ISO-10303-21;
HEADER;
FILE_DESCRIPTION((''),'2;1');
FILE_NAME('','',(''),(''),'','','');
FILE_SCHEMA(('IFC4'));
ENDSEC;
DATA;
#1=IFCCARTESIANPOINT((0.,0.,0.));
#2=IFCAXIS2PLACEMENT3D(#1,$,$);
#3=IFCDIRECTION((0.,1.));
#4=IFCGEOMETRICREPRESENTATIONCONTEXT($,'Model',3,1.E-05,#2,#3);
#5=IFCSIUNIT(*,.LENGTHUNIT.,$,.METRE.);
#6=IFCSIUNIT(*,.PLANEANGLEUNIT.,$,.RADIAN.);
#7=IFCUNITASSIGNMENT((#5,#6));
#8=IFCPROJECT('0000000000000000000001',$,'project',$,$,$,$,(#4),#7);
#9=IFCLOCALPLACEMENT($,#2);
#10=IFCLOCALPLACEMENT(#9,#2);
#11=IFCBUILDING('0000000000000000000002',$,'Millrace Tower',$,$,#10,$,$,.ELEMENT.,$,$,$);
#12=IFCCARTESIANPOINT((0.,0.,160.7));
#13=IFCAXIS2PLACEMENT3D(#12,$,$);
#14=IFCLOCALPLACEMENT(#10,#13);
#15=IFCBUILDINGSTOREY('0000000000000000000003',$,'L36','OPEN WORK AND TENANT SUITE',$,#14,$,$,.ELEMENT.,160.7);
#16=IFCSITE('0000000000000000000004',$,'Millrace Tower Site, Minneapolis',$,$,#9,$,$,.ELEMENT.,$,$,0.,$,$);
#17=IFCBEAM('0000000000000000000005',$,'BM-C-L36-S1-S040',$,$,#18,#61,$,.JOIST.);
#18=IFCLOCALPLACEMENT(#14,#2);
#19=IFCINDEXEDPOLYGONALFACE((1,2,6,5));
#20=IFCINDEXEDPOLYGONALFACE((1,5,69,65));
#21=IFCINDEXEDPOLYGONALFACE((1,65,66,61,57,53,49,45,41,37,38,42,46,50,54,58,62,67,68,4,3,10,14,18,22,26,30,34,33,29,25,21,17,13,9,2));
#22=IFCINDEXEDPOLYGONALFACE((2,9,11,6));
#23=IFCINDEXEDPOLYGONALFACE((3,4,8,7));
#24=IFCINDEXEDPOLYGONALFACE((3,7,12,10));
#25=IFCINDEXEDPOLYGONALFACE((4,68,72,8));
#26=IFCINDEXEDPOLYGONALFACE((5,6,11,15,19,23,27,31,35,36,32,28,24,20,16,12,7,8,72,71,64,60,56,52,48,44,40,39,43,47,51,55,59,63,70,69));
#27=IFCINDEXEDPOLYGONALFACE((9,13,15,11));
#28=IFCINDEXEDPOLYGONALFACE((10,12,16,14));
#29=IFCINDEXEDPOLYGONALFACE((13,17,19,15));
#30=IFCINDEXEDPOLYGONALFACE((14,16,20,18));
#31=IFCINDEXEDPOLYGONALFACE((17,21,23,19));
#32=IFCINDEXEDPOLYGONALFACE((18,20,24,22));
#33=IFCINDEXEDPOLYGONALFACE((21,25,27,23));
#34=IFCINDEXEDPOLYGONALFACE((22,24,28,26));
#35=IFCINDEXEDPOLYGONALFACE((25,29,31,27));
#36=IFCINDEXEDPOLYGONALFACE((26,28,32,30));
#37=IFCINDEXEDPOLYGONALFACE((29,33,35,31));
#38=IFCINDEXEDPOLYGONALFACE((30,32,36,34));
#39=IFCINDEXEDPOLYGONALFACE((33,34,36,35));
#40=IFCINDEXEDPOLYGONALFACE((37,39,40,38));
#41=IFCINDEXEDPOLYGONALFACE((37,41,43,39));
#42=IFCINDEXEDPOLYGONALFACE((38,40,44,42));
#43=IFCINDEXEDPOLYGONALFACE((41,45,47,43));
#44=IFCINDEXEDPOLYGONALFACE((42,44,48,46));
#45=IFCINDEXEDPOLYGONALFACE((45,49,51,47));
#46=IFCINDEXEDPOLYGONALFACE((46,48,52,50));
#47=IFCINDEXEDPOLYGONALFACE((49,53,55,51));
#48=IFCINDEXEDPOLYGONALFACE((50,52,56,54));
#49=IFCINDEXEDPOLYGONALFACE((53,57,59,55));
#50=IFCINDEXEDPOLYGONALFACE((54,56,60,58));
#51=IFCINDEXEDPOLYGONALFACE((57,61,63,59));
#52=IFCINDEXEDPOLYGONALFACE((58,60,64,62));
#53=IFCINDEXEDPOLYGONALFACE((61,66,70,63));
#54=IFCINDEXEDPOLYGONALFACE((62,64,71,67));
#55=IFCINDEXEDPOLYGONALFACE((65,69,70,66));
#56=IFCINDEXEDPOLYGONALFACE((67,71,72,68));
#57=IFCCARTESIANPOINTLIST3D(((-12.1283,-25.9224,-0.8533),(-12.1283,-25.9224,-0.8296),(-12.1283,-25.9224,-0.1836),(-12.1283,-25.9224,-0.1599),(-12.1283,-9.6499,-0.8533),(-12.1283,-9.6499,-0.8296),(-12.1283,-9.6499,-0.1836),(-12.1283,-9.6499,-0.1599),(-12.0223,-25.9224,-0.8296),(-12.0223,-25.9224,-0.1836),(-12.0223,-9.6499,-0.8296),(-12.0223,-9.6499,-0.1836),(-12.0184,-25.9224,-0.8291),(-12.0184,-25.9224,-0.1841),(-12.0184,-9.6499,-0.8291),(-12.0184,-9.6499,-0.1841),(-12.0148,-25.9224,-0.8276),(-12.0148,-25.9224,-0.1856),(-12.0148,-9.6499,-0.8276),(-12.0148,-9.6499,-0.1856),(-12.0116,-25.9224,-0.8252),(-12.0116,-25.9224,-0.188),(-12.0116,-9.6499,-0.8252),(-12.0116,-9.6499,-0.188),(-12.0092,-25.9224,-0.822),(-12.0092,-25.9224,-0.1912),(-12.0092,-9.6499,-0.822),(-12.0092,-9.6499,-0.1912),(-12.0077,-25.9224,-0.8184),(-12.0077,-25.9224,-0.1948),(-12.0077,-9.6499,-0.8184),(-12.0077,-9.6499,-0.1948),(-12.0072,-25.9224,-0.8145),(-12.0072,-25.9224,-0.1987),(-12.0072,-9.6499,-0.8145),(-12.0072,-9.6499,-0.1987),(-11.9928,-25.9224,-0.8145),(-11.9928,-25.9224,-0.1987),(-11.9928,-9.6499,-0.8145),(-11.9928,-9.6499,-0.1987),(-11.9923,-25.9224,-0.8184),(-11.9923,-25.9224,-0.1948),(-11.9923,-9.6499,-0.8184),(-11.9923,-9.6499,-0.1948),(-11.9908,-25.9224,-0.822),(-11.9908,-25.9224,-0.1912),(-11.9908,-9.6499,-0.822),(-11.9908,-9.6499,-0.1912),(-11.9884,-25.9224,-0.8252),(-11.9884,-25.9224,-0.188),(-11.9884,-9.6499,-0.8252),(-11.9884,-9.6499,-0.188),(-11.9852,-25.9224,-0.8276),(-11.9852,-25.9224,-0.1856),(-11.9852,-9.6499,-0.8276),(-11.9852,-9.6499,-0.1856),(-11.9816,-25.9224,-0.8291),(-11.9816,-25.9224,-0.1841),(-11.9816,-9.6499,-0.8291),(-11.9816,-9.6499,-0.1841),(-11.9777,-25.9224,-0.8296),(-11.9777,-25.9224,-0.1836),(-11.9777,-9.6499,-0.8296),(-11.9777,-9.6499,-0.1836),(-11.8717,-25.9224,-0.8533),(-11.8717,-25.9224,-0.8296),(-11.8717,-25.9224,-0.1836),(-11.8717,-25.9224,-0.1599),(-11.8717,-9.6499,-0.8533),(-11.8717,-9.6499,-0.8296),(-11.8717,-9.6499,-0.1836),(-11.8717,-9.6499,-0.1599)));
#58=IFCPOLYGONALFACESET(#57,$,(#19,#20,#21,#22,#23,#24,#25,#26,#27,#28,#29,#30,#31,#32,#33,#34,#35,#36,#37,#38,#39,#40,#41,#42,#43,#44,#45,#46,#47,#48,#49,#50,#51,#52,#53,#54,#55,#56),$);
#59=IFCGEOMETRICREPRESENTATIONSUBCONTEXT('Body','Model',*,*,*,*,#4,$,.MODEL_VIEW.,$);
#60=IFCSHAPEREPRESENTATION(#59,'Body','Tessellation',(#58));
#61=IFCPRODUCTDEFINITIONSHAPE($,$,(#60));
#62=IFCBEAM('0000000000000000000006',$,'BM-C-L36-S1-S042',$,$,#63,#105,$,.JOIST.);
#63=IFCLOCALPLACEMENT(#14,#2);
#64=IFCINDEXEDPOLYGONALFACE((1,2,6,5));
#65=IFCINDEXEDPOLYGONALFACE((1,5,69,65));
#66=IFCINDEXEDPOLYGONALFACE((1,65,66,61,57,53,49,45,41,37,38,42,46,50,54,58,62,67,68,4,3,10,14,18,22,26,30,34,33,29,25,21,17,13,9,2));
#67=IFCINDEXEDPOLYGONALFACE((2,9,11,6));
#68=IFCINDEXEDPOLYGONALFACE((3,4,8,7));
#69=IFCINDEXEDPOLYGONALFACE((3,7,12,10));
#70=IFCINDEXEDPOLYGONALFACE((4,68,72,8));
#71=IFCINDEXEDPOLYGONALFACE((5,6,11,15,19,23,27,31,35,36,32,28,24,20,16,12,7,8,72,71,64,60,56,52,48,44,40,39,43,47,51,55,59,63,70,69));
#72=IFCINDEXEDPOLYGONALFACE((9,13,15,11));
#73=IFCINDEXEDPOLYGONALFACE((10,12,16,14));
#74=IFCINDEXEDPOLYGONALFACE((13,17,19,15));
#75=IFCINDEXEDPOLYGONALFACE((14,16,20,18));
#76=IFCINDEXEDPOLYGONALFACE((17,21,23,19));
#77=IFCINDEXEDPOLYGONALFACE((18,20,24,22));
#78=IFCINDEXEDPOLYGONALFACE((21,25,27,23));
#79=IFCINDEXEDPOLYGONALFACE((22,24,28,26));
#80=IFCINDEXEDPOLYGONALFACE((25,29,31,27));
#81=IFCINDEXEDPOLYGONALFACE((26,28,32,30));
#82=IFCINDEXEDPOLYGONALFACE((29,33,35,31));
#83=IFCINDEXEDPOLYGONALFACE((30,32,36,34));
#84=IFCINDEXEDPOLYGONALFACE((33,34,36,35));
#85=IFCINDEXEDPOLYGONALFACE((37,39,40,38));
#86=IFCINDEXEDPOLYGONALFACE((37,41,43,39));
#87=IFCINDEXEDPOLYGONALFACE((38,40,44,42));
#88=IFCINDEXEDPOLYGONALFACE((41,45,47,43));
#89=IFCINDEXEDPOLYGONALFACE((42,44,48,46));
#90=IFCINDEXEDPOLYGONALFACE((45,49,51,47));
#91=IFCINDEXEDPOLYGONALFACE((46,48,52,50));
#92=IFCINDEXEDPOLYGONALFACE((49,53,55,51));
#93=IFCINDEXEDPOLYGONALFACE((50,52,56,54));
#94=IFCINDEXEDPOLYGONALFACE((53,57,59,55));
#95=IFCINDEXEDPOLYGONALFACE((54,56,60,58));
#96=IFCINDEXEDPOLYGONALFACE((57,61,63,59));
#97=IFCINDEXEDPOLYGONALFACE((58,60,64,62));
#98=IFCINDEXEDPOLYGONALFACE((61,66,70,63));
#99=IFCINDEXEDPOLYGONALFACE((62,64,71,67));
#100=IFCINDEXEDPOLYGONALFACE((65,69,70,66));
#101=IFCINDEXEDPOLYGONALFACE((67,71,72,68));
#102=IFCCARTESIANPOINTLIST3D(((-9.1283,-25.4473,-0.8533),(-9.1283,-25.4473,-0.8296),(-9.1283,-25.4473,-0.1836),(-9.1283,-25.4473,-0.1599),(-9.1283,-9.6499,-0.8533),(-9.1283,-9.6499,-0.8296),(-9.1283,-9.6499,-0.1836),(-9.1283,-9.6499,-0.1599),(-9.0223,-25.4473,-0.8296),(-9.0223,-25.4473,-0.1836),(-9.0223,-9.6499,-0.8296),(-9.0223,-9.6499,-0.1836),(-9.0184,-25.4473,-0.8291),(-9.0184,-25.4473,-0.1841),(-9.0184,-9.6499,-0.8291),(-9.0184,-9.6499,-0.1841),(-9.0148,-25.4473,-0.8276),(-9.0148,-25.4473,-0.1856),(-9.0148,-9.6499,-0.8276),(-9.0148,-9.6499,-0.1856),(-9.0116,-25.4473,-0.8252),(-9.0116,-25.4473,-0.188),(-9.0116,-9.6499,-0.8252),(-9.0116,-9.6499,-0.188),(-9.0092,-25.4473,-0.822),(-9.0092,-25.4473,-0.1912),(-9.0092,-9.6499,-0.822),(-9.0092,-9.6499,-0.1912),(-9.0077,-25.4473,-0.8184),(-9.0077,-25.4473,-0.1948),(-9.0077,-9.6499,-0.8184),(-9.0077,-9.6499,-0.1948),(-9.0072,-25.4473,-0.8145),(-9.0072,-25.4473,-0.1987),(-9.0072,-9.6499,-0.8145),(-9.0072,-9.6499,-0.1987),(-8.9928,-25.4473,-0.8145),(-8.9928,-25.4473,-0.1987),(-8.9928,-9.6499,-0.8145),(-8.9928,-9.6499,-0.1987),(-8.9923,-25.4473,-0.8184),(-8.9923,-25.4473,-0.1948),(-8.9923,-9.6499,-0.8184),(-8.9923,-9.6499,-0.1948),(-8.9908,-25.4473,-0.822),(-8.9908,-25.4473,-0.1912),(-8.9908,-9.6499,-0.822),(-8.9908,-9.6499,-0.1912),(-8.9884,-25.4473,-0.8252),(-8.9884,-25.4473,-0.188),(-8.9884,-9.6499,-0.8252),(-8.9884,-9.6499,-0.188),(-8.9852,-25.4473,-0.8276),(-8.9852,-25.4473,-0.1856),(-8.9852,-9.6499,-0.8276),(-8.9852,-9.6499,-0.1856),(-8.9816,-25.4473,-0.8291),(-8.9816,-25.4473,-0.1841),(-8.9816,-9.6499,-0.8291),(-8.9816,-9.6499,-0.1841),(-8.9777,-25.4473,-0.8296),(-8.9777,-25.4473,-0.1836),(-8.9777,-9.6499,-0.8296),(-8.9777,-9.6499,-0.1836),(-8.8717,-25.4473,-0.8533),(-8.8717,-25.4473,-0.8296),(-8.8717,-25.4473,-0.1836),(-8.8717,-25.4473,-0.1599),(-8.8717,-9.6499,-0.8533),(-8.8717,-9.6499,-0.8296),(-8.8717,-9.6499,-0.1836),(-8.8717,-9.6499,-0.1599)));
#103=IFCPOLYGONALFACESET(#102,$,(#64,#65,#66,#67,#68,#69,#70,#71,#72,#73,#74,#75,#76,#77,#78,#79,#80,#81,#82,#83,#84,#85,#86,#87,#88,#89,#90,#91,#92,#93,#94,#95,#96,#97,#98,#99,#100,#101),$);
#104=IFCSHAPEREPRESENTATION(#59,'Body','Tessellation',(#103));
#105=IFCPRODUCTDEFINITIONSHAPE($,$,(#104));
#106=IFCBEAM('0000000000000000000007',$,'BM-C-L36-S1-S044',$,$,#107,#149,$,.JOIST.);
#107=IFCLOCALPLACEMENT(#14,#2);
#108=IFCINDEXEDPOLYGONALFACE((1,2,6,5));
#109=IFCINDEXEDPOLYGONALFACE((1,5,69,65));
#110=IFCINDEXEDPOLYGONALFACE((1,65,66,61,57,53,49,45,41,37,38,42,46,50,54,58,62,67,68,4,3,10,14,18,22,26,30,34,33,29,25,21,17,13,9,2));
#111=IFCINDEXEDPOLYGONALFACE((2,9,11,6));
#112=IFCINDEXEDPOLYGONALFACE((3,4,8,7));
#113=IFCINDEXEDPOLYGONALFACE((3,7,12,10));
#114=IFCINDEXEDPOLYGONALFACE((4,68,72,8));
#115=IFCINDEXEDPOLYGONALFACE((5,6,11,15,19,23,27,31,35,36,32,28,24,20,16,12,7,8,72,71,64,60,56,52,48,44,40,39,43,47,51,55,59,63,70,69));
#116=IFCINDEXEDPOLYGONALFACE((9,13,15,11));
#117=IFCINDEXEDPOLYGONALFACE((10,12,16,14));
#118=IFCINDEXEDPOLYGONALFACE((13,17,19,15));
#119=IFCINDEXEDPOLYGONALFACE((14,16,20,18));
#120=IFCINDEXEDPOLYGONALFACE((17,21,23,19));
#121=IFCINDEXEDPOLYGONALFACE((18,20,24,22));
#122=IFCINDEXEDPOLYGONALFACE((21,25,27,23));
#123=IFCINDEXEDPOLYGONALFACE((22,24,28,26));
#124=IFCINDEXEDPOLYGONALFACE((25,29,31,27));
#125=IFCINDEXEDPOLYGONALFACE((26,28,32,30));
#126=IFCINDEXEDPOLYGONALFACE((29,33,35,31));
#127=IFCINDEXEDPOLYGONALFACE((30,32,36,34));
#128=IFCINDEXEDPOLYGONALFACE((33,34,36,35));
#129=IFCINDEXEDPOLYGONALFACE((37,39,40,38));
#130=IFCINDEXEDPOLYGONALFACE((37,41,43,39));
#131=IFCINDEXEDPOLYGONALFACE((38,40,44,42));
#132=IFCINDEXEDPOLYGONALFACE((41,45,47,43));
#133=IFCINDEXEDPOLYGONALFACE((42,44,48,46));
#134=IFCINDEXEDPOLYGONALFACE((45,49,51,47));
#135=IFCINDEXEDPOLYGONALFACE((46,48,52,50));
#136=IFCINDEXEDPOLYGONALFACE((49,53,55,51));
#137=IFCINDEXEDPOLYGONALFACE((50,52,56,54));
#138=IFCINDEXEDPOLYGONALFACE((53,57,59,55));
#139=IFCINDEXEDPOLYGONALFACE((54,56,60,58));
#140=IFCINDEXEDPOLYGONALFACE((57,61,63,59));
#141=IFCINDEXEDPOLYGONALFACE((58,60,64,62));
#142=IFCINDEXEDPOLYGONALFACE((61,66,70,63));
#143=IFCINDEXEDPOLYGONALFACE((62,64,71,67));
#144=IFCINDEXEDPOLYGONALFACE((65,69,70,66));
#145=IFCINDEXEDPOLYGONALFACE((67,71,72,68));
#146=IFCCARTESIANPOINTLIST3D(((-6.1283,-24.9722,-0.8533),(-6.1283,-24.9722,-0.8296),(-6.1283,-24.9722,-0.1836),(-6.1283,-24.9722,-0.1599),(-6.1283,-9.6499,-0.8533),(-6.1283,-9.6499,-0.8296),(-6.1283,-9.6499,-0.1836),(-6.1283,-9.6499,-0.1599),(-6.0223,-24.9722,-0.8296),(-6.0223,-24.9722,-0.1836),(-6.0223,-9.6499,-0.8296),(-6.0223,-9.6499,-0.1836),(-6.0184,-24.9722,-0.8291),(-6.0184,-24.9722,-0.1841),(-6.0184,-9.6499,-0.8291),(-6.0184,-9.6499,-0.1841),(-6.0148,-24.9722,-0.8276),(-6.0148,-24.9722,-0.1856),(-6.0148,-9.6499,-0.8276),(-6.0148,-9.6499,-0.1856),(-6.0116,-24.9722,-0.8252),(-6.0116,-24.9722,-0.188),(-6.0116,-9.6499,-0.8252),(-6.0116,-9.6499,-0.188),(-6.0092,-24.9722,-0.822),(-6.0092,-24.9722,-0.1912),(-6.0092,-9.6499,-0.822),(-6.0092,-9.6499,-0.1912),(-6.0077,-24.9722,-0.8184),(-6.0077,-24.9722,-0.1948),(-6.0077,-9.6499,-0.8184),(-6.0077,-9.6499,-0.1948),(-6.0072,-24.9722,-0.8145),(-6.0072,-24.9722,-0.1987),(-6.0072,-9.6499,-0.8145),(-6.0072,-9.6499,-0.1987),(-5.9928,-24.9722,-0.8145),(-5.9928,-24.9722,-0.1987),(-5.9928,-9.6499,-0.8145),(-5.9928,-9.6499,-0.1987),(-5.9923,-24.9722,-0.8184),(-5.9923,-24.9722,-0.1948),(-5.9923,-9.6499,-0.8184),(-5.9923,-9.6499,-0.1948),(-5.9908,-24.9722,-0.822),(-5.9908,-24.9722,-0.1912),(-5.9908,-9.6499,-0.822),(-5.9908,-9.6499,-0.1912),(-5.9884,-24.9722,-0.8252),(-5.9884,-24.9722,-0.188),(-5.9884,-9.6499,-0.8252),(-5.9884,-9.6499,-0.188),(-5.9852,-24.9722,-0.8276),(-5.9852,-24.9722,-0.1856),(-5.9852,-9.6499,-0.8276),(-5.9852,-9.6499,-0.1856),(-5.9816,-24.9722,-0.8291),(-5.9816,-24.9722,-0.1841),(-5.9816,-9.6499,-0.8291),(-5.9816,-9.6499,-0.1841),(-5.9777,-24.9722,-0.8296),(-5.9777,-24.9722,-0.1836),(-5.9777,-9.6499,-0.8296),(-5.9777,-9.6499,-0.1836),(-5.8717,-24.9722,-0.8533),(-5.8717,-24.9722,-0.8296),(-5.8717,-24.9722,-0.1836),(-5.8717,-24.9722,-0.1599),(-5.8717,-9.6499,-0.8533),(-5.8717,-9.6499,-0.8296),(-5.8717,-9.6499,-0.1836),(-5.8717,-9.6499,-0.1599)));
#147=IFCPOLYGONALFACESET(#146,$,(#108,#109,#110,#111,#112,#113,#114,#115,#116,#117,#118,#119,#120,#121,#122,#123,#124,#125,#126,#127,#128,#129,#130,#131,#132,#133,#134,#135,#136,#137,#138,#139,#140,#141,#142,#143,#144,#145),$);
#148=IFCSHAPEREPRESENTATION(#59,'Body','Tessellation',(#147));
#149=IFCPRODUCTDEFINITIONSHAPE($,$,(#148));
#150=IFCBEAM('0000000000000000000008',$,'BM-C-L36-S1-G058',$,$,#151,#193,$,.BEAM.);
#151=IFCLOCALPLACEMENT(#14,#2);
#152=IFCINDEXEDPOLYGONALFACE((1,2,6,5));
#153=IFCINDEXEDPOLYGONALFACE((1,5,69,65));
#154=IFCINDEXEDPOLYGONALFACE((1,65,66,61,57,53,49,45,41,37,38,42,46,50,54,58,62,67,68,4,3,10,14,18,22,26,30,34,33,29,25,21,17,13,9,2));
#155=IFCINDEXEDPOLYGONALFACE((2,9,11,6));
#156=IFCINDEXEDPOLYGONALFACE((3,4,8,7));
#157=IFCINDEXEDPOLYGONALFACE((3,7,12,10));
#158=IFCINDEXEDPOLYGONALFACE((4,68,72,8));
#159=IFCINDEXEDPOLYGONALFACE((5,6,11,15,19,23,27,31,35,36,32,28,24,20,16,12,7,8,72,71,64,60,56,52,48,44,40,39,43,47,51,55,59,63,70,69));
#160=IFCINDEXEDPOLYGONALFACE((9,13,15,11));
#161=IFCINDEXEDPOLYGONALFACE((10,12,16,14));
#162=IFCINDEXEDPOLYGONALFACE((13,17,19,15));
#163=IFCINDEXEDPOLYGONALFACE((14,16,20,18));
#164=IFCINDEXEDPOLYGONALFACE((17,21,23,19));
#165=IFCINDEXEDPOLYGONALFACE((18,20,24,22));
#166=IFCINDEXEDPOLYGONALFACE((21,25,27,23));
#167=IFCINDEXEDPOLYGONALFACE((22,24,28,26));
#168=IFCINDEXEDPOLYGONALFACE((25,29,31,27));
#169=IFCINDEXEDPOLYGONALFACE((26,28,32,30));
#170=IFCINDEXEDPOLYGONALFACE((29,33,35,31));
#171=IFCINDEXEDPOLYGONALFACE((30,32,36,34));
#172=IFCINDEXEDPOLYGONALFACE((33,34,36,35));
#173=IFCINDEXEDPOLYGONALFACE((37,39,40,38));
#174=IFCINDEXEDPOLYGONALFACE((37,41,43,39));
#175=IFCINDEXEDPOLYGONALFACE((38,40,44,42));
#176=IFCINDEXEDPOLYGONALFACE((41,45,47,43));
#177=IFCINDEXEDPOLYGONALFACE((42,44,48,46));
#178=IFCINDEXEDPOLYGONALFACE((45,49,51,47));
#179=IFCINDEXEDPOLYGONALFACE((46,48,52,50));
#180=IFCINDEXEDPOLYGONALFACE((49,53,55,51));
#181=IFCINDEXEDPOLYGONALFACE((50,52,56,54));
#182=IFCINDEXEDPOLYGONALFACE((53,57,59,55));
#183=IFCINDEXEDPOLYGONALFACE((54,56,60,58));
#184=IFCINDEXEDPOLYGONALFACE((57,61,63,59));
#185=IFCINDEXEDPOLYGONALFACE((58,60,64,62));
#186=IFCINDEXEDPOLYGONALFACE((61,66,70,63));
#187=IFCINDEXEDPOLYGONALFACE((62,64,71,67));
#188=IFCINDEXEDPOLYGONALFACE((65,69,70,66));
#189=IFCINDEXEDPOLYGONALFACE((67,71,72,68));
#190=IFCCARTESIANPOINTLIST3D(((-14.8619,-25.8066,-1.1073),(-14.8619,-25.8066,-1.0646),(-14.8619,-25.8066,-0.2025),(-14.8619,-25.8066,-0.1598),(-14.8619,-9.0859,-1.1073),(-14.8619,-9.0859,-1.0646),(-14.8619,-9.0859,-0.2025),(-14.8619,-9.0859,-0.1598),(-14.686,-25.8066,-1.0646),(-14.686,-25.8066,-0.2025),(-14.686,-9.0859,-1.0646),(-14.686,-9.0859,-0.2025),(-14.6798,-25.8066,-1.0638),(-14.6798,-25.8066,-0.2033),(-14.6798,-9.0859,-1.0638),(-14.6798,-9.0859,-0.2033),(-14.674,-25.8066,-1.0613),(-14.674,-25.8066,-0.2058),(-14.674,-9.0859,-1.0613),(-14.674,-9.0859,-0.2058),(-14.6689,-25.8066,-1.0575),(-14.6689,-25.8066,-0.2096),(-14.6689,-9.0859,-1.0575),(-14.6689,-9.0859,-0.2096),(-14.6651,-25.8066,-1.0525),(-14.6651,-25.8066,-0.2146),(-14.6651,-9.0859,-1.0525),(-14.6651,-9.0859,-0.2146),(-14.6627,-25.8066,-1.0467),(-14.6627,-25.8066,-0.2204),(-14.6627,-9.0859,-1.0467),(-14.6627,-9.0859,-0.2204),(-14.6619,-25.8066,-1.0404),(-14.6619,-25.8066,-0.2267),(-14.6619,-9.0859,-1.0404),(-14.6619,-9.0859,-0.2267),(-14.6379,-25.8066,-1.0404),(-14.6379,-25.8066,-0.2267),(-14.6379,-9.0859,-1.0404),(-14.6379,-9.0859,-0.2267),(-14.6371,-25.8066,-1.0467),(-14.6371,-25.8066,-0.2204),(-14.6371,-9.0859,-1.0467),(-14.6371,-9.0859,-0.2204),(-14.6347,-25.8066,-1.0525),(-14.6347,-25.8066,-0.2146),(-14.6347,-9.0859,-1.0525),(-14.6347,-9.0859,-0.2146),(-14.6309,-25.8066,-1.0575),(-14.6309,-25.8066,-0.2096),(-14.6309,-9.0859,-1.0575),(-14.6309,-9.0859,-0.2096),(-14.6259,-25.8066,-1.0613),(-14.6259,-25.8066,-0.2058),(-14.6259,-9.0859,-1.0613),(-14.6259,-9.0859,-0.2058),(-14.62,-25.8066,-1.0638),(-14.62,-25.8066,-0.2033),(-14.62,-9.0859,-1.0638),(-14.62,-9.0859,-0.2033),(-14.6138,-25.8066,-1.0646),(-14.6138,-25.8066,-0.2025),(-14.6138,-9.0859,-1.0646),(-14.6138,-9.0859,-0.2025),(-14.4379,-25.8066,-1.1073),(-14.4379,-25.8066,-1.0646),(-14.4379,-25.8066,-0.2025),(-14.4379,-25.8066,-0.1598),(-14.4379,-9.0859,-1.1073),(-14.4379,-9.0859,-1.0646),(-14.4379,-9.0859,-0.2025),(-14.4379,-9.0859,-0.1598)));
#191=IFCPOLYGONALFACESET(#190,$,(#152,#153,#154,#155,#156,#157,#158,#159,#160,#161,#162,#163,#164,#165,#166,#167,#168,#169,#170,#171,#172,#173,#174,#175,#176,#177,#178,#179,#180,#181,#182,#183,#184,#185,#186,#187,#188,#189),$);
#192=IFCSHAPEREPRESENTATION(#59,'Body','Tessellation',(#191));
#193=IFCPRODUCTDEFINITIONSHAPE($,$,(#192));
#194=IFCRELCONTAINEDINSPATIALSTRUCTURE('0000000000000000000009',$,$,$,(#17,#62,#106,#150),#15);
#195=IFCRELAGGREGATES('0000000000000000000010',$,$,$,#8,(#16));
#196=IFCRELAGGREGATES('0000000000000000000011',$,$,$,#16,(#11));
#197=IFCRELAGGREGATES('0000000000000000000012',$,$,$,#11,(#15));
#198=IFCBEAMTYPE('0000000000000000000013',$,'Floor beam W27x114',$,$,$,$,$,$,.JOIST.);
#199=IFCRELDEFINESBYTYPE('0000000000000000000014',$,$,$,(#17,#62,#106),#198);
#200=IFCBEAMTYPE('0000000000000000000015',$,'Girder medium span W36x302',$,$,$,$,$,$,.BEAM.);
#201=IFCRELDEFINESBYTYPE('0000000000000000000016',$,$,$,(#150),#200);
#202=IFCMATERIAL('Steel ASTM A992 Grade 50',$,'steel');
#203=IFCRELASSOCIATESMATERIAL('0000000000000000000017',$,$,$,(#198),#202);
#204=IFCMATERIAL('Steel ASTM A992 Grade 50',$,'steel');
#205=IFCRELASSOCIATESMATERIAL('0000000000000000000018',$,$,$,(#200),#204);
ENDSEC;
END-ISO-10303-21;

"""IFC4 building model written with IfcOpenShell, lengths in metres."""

from ifc_helpers import new_model, si_unit, direction, frame, origin, origin_2d, place, context, subcontext, project, spatial, i_section, extrude, material, material_profile, profile_set, type_object, element, save


model = new_model("IFC4")

# Units and contexts
model_context = context("Model", 3, precision=1e-05, world=origin(), true_north=direction((0.0, 1.0)))
body_context = subcontext(model_context, "Body", "Model", "MODEL_VIEW")
ifc_project = project(units=[si_unit("LENGTHUNIT", "METRE"), si_unit("PLANEANGLEUNIT", "RADIAN")], contexts=[model_context])

# Site, building, storey
site_placement = place(None, origin())
site = spatial("IfcSite", under=ifc_project, at=site_placement, Name="Millrace Tower Site, Minneapolis", CompositionType="ELEMENT", RefElevation=0.0)
building_placement = place(site_placement, origin())
building = spatial("IfcBuilding", under=site, at=building_placement, Name="Millrace Tower", CompositionType="ELEMENT")
storey_placement = place(building_placement, frame((0.0, 0.0, 160.7)))
storey = spatial("IfcBuildingStorey", under=building, at=storey_placement, Name="L36", Description="OPEN WORK AND TENANT SUITE", CompositionType="ELEMENT", Elevation=160.7)

# Beams
ifc_material_1 = material(Name="Steel ASTM A992 Grade 50", Category="steel")
ifc_material_profile_1 = material_profile(ifc_material_1, i_section(OverallWidth=0.2566, OverallDepth=0.6934, WebThickness=0.0144, FlangeThickness=0.0237, FilletRadius=0.0151, at=origin_2d()))
ifc_profile_set_1 = profile_set([ifc_material_profile_1], Name="Steel ASTM A992 Grade 50")
beam_type_1 = type_object("IfcBeamType", Name="Floor beam W27x114", PredefinedType="JOIST", material=ifc_profile_set_1)
beam_1_placement = place(storey_placement, frame((-12.0, -25.9224, -0.5066), z_axis=(0.0, 1.0, 0.0), x_axis=(-1.0, 0.0, 0.0)))
element("IfcBeam", 1, at=beam_1_placement, inside=storey, type_object=beam_type_1, Name="BM-C-L36-S1-S040", PredefinedType="JOIST", context=body_context, shape_type="SweptSolid", body=[
    extrude(i_section(OverallWidth=0.2566, OverallDepth=0.6934, WebThickness=0.0144, FlangeThickness=0.0237, FilletRadius=0.0151, at=origin_2d()), origin(), (0.0, 0.0, 1.0), 16.2725),
])
beam_2_placement = place(storey_placement, frame((-9.0, -25.4473, -0.5066), z_axis=(0.0, 1.0, 0.0), x_axis=(-1.0, 0.0, 0.0)))
element("IfcBeam", 2, at=beam_2_placement, inside=storey, type_object=beam_type_1, Name="BM-C-L36-S1-S042", PredefinedType="JOIST", context=body_context, shape_type="SweptSolid", body=[
    extrude(i_section(OverallWidth=0.2566, OverallDepth=0.6934, WebThickness=0.0144, FlangeThickness=0.0237, FilletRadius=0.0151, at=origin_2d()), origin(), (0.0, 0.0, 1.0), 15.7974),
])
beam_3_placement = place(storey_placement, frame((-6.0, -24.9722, -0.5066), z_axis=(0.0, 1.0, 0.0), x_axis=(-1.0, 0.0, 0.0)))
element("IfcBeam", 3, at=beam_3_placement, inside=storey, type_object=beam_type_1, Name="BM-C-L36-S1-S044", PredefinedType="JOIST", context=body_context, shape_type="SweptSolid", body=[
    extrude(i_section(OverallWidth=0.2566, OverallDepth=0.6934, WebThickness=0.0144, FlangeThickness=0.0237, FilletRadius=0.0151, at=origin_2d()), origin(), (0.0, 0.0, 1.0), 15.3223),
])
ifc_material_2 = material(Name="Steel ASTM A992 Grade 50", Category="steel")
ifc_material_profile_2 = material_profile(ifc_material_2, i_section(OverallWidth=0.4241, OverallDepth=0.9475, WebThickness=0.0239, FlangeThickness=0.0427, FilletRadius=0.0242, at=origin_2d()))
ifc_profile_set_2 = profile_set([ifc_material_profile_2], Name="Steel ASTM A992 Grade 50")
beam_type_2 = type_object("IfcBeamType", Name="Girder medium span W36x302", PredefinedType="BEAM", material=ifc_profile_set_2)
beam_4_placement = place(storey_placement, frame((-14.6499, -25.8066, -0.6335), z_axis=(0.0, 1.0, 0.0), x_axis=(-1.0, 0.0, 0.0)))
element("IfcBeam", 4, at=beam_4_placement, inside=storey, type_object=beam_type_2, Name="BM-C-L36-S1-G058", PredefinedType="BEAM", context=body_context, shape_type="SweptSolid", body=[
    extrude(i_section(OverallWidth=0.4241, OverallDepth=0.9475, WebThickness=0.0239, FlangeThickness=0.0427, FilletRadius=0.0242, at=origin_2d()), origin(), (0.0, 0.0, 1.0), 16.7207),
])

save(model, "model.ifc")
